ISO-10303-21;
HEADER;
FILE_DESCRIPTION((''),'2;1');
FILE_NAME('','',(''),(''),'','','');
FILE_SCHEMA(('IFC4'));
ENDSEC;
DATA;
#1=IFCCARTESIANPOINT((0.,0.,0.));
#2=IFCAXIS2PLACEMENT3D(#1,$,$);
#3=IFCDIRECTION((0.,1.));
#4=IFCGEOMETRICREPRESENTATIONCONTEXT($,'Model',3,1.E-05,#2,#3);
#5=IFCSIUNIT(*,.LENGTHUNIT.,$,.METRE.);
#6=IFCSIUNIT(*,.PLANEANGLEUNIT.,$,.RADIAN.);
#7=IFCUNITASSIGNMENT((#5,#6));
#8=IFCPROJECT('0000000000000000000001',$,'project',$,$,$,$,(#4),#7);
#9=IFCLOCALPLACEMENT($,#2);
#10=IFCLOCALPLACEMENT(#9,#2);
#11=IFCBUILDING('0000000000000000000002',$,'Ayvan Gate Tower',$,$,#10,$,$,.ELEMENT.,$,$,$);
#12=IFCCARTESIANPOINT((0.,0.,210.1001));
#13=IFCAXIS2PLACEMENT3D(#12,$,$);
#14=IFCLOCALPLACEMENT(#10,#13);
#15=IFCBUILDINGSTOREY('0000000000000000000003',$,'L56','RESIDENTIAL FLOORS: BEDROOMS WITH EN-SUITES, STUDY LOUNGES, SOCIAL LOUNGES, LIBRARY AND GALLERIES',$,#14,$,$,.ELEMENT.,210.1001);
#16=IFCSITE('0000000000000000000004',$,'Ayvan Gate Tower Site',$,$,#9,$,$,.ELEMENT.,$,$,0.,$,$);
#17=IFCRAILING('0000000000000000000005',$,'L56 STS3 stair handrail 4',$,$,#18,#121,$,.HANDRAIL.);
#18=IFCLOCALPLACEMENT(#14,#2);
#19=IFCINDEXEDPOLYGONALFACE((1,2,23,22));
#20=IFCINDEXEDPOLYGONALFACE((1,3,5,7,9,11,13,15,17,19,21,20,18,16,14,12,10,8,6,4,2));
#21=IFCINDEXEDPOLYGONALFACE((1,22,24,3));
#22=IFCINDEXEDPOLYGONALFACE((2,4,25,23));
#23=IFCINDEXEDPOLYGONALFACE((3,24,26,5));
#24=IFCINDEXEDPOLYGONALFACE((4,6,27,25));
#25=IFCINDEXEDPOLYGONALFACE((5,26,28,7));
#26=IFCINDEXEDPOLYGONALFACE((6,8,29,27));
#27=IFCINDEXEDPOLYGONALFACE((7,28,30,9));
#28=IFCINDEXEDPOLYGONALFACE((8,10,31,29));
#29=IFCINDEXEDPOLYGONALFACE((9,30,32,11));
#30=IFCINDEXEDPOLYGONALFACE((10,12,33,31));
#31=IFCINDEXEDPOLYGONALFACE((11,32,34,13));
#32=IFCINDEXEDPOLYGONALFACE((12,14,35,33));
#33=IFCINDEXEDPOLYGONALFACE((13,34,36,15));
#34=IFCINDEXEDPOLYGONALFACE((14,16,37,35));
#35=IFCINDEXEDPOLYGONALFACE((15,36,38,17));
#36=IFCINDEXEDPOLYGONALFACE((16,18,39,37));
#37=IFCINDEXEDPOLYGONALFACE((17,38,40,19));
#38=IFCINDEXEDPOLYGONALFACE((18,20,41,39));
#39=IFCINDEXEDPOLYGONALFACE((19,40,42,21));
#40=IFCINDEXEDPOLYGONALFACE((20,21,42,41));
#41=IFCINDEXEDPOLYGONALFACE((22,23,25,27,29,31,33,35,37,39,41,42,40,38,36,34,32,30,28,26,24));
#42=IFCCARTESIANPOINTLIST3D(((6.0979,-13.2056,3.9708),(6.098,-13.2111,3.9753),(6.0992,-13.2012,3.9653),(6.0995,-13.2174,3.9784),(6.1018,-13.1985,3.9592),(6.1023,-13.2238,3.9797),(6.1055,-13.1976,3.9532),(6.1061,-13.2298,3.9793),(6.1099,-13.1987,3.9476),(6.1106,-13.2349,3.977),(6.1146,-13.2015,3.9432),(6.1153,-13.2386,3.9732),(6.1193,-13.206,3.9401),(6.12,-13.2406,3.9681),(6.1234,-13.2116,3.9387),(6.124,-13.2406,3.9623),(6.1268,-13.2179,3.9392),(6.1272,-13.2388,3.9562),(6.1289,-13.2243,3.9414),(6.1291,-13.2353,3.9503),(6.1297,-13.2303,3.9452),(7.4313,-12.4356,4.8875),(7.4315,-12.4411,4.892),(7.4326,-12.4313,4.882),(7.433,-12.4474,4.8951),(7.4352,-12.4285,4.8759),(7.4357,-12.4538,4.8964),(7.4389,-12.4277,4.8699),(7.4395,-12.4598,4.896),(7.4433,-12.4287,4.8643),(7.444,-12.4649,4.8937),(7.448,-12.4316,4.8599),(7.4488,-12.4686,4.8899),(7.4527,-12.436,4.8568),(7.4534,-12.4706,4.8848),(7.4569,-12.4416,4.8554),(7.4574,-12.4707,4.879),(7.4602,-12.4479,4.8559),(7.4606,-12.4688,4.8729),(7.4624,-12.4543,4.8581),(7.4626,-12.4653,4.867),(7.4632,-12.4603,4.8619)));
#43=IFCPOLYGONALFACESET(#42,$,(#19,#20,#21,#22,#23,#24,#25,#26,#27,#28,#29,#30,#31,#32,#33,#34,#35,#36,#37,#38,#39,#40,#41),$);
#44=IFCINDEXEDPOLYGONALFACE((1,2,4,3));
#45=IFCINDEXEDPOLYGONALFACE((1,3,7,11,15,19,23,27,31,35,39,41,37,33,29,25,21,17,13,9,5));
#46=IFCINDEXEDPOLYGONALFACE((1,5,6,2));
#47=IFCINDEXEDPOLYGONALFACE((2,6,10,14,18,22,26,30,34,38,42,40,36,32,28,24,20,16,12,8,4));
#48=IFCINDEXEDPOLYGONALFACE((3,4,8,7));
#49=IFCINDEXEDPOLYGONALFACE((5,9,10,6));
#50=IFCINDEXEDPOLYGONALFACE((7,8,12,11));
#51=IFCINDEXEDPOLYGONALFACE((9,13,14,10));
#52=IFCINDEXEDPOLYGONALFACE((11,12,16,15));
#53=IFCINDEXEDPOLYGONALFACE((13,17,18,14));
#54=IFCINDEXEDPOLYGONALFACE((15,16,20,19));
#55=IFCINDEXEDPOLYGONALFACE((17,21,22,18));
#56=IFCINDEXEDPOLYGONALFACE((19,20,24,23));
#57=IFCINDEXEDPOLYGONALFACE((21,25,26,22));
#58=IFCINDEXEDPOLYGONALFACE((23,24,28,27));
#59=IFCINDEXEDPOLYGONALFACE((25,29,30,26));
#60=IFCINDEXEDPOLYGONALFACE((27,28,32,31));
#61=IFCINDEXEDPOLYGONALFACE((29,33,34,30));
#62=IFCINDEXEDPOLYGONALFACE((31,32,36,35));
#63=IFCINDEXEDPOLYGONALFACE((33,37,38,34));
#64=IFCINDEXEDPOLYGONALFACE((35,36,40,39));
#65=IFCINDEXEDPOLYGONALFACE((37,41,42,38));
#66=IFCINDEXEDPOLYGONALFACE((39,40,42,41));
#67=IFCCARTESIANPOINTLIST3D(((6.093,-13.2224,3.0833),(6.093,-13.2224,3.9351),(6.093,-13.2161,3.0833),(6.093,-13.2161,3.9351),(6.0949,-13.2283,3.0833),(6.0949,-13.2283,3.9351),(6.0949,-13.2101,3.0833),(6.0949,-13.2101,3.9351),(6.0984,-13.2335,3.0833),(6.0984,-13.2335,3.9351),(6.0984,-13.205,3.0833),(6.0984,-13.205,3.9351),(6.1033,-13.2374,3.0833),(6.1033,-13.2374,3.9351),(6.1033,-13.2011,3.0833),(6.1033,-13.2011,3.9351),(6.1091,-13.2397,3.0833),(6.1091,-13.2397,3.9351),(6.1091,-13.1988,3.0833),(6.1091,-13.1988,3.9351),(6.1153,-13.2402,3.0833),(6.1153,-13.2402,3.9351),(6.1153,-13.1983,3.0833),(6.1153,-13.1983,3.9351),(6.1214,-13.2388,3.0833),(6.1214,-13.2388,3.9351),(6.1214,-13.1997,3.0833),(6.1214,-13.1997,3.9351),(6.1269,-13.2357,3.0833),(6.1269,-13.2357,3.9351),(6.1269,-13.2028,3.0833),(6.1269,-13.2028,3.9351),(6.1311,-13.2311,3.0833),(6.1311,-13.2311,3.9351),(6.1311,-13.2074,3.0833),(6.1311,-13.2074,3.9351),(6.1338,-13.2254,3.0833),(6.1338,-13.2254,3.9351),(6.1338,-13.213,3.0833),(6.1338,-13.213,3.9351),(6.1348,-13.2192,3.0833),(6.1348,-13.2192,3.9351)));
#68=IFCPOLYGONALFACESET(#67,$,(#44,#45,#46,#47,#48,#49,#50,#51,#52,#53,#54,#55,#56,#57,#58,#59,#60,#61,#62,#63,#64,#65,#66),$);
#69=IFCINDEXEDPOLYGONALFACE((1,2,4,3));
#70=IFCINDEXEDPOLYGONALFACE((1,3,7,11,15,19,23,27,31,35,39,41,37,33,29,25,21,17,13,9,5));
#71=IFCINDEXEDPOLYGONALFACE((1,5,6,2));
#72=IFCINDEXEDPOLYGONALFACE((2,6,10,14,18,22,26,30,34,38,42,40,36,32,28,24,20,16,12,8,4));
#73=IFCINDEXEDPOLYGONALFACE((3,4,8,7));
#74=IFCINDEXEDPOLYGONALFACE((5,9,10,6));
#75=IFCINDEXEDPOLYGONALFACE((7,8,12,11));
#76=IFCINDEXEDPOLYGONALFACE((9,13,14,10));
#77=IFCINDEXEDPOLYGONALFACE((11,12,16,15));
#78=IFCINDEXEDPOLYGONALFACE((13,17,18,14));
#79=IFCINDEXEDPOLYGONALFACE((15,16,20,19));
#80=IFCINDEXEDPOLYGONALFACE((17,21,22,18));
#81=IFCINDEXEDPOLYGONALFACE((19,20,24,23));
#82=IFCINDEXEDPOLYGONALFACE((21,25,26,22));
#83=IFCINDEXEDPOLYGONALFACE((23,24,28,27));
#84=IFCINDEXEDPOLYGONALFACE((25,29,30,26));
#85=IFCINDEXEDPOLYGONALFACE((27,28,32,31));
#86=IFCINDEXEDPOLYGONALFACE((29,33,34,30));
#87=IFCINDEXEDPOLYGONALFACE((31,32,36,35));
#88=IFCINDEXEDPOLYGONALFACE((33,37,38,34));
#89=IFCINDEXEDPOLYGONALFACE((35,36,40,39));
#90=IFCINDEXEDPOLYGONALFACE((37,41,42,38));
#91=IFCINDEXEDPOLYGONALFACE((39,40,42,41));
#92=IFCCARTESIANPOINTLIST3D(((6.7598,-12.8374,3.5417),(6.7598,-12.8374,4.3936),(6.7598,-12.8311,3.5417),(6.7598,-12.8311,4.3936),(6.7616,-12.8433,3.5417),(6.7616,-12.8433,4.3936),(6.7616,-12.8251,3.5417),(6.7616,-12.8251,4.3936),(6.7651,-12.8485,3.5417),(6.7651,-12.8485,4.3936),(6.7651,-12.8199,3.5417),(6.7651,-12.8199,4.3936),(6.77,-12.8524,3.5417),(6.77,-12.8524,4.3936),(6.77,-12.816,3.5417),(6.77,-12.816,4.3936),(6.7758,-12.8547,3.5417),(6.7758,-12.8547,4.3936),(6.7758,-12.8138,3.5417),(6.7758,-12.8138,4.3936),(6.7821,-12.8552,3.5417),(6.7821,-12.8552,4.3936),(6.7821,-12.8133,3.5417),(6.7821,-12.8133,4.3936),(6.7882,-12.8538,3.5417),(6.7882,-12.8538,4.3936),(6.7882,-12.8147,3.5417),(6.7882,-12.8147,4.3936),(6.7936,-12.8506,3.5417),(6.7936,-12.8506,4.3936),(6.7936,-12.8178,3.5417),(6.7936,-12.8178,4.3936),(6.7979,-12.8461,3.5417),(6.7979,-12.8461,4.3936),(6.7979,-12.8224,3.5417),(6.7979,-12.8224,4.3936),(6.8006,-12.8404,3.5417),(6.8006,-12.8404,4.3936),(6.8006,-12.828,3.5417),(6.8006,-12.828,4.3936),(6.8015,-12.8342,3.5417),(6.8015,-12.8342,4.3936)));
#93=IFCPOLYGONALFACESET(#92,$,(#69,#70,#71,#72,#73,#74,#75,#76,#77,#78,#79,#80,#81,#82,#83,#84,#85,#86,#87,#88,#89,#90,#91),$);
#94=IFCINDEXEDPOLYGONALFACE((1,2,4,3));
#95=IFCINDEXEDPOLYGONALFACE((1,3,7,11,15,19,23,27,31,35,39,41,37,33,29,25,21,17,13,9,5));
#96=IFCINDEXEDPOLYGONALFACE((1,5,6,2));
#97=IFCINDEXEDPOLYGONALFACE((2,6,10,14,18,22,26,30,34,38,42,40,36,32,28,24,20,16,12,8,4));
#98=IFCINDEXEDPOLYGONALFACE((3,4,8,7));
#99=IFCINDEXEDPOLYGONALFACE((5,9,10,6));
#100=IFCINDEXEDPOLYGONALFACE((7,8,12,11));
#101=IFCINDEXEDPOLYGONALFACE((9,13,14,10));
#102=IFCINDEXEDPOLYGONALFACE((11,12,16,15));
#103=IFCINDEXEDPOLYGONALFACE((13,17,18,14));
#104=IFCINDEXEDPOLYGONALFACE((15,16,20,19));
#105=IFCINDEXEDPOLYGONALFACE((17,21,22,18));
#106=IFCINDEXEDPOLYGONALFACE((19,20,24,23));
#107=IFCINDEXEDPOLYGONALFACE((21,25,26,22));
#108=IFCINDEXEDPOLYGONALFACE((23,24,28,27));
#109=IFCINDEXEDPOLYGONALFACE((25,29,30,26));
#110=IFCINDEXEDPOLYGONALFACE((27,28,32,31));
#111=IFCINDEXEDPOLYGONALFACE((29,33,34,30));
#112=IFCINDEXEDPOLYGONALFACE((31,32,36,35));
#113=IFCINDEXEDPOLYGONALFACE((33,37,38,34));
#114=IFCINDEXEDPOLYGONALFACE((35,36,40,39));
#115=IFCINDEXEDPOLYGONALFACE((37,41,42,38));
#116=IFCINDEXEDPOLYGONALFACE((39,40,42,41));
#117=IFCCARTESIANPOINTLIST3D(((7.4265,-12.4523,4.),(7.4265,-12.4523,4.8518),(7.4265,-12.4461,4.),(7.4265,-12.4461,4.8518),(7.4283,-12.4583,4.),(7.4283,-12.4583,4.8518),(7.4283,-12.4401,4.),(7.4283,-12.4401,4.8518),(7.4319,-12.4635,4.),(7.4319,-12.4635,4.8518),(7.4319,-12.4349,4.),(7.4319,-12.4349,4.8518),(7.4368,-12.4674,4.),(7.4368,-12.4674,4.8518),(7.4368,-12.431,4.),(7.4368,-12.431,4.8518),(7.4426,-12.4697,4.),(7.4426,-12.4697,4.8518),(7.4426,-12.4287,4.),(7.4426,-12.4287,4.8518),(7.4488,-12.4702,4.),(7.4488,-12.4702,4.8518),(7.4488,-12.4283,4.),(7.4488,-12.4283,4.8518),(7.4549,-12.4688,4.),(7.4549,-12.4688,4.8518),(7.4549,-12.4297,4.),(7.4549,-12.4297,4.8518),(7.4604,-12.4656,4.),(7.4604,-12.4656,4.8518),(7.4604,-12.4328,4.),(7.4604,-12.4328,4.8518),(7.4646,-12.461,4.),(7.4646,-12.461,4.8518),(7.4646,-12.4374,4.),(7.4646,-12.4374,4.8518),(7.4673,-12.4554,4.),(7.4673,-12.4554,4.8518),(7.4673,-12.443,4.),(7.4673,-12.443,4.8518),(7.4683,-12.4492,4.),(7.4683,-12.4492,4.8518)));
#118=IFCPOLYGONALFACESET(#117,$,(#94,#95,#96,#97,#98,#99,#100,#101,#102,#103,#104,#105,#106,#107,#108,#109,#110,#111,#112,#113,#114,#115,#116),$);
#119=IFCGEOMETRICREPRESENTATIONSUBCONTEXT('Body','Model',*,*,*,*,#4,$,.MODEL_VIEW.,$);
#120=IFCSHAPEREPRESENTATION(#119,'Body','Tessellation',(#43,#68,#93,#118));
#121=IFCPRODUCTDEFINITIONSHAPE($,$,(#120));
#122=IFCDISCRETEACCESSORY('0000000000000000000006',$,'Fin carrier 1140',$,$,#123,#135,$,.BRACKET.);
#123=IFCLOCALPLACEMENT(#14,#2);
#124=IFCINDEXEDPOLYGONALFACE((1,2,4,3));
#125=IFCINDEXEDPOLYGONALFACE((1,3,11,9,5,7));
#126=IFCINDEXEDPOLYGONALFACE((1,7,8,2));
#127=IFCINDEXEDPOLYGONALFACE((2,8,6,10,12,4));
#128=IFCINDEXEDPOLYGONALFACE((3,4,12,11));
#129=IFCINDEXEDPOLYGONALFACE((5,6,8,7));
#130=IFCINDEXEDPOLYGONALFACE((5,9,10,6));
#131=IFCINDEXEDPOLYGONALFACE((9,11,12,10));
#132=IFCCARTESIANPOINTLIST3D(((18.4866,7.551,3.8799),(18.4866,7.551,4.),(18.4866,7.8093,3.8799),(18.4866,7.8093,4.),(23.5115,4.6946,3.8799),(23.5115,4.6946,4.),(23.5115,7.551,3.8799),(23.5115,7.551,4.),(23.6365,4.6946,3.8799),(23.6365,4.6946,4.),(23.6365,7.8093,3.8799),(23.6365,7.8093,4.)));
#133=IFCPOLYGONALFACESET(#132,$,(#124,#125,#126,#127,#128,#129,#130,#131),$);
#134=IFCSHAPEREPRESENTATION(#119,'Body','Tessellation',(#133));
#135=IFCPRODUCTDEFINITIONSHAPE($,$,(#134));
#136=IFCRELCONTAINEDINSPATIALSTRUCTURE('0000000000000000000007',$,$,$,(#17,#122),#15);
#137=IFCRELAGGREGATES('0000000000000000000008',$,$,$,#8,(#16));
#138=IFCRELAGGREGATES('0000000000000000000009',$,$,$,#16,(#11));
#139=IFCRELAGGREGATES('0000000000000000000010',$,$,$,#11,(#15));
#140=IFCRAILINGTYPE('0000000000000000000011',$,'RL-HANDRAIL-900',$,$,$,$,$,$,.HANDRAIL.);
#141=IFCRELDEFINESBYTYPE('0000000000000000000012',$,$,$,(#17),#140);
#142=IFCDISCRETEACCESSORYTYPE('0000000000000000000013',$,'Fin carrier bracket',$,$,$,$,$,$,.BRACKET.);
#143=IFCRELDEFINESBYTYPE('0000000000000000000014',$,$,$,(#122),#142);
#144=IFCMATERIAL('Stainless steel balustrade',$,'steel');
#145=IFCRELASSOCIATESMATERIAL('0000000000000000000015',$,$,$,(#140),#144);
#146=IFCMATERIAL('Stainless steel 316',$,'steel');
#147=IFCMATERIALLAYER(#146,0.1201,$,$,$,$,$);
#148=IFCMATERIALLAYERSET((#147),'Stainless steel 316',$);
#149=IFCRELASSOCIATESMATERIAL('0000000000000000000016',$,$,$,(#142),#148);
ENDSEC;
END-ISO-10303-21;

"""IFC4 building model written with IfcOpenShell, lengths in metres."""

from ifc_helpers import new_model, si_unit, direction, frame, origin, origin_2d, place, context, subcontext, project, spatial, polyline, circle, outline, extrude, material, layer, layer_set, type_object, element, save


model = new_model("IFC4")

# Units and contexts
model_context = context("Model", 3, precision=1e-05, world=origin(), true_north=direction((0.0, 1.0)))
body_context = subcontext(model_context, "Body", "Model", "MODEL_VIEW")
ifc_project = project(units=[si_unit("LENGTHUNIT", "METRE"), si_unit("PLANEANGLEUNIT", "RADIAN")], contexts=[model_context])

# Site, building, storey
site_placement = place(None, origin())
site = spatial("IfcSite", under=ifc_project, at=site_placement, Name="Ayvan Gate Tower Site", CompositionType="ELEMENT", RefElevation=0.0)
building_placement = place(site_placement, origin())
building = spatial("IfcBuilding", under=site, at=building_placement, Name="Ayvan Gate Tower", CompositionType="ELEMENT")
storey_placement = place(building_placement, frame((0.0, 0.0, 210.1001)))
storey = spatial("IfcBuildingStorey", under=building, at=storey_placement, Name="L56", Description="RESIDENTIAL FLOORS: BEDROOMS WITH EN-SUITES, STUDY LOUNGES, SOCIAL LOUNGES, LIBRARY AND GALLERIES", CompositionType="ELEMENT", Elevation=210.1001)

# Railing
ifc_material_1 = material(Name="Stainless steel balustrade", Category="steel")
railing_type_1 = type_object("IfcRailingType", Name="RL-HANDRAIL-900", PredefinedType="HANDRAIL", material=ifc_material_1)
railing_1_placement = place(storey_placement, frame((6.1138, -13.2192, 3.0833)))
element("IfcRailing", 1, at=railing_1_placement, inside=storey, type_object=railing_type_1, Name="L56 STS3 stair handrail 4", PredefinedType="HANDRAIL", context=body_context, shape_type="SweptSolid", body=[
    extrude(circle(Radius=0.0239, at=origin_2d()), frame((0.0, 0.0, 0.876), z_axis=(0.744103, 0.429678, 0.511554), x_axis=(-0.500061, 0.86599, 0.0)), (0.0, 0.0, 1.0), 1.792),
    extrude(circle(Radius=0.021, at=origin_2d()), origin(), (0.0, 0.0, 1.0), 0.8518),
    extrude(circle(Radius=0.021, at=origin_2d()), frame((0.6667, 0.385, 0.4585)), (0.0, 0.0, 1.0), 0.8518),
    extrude(circle(Radius=0.021, at=origin_2d()), frame((1.3335, 0.77, 0.9167)), (0.0, 0.0, 1.0), 0.8518),
])

# Discrete accessory
ifc_material_2 = material(Name="Stainless steel 316", Category="steel")
ifc_layer_1 = layer(ifc_material_2, 0.1201)
ifc_layer_set_1 = layer_set([ifc_layer_1], Name="Stainless steel 316")
discrete_accessory_type = type_object("IfcDiscreteAccessoryType", Name="Fin carrier bracket", PredefinedType="BRACKET", material=ifc_layer_set_1)
discrete_accessory_placement = place(storey_placement, frame((0.0, 0.0, 3.8799)))
element("IfcDiscreteAccessory", 2, at=discrete_accessory_placement, inside=storey, type_object=discrete_accessory_type, Name="Fin carrier 1140", PredefinedType="BRACKET", context=body_context, shape_type="SweptSolid", body=[
    extrude(outline(polyline([(18.4866, 7.8093), (23.6365, 7.8093), (23.6365, 4.6946), (23.5115, 4.6946), (23.5115, 7.551), (18.4866, 7.551), (18.4866, 7.8093)])), origin(), (0.0, 0.0, 1.0), 0.1201),
])

save(model, "model.ifc")
